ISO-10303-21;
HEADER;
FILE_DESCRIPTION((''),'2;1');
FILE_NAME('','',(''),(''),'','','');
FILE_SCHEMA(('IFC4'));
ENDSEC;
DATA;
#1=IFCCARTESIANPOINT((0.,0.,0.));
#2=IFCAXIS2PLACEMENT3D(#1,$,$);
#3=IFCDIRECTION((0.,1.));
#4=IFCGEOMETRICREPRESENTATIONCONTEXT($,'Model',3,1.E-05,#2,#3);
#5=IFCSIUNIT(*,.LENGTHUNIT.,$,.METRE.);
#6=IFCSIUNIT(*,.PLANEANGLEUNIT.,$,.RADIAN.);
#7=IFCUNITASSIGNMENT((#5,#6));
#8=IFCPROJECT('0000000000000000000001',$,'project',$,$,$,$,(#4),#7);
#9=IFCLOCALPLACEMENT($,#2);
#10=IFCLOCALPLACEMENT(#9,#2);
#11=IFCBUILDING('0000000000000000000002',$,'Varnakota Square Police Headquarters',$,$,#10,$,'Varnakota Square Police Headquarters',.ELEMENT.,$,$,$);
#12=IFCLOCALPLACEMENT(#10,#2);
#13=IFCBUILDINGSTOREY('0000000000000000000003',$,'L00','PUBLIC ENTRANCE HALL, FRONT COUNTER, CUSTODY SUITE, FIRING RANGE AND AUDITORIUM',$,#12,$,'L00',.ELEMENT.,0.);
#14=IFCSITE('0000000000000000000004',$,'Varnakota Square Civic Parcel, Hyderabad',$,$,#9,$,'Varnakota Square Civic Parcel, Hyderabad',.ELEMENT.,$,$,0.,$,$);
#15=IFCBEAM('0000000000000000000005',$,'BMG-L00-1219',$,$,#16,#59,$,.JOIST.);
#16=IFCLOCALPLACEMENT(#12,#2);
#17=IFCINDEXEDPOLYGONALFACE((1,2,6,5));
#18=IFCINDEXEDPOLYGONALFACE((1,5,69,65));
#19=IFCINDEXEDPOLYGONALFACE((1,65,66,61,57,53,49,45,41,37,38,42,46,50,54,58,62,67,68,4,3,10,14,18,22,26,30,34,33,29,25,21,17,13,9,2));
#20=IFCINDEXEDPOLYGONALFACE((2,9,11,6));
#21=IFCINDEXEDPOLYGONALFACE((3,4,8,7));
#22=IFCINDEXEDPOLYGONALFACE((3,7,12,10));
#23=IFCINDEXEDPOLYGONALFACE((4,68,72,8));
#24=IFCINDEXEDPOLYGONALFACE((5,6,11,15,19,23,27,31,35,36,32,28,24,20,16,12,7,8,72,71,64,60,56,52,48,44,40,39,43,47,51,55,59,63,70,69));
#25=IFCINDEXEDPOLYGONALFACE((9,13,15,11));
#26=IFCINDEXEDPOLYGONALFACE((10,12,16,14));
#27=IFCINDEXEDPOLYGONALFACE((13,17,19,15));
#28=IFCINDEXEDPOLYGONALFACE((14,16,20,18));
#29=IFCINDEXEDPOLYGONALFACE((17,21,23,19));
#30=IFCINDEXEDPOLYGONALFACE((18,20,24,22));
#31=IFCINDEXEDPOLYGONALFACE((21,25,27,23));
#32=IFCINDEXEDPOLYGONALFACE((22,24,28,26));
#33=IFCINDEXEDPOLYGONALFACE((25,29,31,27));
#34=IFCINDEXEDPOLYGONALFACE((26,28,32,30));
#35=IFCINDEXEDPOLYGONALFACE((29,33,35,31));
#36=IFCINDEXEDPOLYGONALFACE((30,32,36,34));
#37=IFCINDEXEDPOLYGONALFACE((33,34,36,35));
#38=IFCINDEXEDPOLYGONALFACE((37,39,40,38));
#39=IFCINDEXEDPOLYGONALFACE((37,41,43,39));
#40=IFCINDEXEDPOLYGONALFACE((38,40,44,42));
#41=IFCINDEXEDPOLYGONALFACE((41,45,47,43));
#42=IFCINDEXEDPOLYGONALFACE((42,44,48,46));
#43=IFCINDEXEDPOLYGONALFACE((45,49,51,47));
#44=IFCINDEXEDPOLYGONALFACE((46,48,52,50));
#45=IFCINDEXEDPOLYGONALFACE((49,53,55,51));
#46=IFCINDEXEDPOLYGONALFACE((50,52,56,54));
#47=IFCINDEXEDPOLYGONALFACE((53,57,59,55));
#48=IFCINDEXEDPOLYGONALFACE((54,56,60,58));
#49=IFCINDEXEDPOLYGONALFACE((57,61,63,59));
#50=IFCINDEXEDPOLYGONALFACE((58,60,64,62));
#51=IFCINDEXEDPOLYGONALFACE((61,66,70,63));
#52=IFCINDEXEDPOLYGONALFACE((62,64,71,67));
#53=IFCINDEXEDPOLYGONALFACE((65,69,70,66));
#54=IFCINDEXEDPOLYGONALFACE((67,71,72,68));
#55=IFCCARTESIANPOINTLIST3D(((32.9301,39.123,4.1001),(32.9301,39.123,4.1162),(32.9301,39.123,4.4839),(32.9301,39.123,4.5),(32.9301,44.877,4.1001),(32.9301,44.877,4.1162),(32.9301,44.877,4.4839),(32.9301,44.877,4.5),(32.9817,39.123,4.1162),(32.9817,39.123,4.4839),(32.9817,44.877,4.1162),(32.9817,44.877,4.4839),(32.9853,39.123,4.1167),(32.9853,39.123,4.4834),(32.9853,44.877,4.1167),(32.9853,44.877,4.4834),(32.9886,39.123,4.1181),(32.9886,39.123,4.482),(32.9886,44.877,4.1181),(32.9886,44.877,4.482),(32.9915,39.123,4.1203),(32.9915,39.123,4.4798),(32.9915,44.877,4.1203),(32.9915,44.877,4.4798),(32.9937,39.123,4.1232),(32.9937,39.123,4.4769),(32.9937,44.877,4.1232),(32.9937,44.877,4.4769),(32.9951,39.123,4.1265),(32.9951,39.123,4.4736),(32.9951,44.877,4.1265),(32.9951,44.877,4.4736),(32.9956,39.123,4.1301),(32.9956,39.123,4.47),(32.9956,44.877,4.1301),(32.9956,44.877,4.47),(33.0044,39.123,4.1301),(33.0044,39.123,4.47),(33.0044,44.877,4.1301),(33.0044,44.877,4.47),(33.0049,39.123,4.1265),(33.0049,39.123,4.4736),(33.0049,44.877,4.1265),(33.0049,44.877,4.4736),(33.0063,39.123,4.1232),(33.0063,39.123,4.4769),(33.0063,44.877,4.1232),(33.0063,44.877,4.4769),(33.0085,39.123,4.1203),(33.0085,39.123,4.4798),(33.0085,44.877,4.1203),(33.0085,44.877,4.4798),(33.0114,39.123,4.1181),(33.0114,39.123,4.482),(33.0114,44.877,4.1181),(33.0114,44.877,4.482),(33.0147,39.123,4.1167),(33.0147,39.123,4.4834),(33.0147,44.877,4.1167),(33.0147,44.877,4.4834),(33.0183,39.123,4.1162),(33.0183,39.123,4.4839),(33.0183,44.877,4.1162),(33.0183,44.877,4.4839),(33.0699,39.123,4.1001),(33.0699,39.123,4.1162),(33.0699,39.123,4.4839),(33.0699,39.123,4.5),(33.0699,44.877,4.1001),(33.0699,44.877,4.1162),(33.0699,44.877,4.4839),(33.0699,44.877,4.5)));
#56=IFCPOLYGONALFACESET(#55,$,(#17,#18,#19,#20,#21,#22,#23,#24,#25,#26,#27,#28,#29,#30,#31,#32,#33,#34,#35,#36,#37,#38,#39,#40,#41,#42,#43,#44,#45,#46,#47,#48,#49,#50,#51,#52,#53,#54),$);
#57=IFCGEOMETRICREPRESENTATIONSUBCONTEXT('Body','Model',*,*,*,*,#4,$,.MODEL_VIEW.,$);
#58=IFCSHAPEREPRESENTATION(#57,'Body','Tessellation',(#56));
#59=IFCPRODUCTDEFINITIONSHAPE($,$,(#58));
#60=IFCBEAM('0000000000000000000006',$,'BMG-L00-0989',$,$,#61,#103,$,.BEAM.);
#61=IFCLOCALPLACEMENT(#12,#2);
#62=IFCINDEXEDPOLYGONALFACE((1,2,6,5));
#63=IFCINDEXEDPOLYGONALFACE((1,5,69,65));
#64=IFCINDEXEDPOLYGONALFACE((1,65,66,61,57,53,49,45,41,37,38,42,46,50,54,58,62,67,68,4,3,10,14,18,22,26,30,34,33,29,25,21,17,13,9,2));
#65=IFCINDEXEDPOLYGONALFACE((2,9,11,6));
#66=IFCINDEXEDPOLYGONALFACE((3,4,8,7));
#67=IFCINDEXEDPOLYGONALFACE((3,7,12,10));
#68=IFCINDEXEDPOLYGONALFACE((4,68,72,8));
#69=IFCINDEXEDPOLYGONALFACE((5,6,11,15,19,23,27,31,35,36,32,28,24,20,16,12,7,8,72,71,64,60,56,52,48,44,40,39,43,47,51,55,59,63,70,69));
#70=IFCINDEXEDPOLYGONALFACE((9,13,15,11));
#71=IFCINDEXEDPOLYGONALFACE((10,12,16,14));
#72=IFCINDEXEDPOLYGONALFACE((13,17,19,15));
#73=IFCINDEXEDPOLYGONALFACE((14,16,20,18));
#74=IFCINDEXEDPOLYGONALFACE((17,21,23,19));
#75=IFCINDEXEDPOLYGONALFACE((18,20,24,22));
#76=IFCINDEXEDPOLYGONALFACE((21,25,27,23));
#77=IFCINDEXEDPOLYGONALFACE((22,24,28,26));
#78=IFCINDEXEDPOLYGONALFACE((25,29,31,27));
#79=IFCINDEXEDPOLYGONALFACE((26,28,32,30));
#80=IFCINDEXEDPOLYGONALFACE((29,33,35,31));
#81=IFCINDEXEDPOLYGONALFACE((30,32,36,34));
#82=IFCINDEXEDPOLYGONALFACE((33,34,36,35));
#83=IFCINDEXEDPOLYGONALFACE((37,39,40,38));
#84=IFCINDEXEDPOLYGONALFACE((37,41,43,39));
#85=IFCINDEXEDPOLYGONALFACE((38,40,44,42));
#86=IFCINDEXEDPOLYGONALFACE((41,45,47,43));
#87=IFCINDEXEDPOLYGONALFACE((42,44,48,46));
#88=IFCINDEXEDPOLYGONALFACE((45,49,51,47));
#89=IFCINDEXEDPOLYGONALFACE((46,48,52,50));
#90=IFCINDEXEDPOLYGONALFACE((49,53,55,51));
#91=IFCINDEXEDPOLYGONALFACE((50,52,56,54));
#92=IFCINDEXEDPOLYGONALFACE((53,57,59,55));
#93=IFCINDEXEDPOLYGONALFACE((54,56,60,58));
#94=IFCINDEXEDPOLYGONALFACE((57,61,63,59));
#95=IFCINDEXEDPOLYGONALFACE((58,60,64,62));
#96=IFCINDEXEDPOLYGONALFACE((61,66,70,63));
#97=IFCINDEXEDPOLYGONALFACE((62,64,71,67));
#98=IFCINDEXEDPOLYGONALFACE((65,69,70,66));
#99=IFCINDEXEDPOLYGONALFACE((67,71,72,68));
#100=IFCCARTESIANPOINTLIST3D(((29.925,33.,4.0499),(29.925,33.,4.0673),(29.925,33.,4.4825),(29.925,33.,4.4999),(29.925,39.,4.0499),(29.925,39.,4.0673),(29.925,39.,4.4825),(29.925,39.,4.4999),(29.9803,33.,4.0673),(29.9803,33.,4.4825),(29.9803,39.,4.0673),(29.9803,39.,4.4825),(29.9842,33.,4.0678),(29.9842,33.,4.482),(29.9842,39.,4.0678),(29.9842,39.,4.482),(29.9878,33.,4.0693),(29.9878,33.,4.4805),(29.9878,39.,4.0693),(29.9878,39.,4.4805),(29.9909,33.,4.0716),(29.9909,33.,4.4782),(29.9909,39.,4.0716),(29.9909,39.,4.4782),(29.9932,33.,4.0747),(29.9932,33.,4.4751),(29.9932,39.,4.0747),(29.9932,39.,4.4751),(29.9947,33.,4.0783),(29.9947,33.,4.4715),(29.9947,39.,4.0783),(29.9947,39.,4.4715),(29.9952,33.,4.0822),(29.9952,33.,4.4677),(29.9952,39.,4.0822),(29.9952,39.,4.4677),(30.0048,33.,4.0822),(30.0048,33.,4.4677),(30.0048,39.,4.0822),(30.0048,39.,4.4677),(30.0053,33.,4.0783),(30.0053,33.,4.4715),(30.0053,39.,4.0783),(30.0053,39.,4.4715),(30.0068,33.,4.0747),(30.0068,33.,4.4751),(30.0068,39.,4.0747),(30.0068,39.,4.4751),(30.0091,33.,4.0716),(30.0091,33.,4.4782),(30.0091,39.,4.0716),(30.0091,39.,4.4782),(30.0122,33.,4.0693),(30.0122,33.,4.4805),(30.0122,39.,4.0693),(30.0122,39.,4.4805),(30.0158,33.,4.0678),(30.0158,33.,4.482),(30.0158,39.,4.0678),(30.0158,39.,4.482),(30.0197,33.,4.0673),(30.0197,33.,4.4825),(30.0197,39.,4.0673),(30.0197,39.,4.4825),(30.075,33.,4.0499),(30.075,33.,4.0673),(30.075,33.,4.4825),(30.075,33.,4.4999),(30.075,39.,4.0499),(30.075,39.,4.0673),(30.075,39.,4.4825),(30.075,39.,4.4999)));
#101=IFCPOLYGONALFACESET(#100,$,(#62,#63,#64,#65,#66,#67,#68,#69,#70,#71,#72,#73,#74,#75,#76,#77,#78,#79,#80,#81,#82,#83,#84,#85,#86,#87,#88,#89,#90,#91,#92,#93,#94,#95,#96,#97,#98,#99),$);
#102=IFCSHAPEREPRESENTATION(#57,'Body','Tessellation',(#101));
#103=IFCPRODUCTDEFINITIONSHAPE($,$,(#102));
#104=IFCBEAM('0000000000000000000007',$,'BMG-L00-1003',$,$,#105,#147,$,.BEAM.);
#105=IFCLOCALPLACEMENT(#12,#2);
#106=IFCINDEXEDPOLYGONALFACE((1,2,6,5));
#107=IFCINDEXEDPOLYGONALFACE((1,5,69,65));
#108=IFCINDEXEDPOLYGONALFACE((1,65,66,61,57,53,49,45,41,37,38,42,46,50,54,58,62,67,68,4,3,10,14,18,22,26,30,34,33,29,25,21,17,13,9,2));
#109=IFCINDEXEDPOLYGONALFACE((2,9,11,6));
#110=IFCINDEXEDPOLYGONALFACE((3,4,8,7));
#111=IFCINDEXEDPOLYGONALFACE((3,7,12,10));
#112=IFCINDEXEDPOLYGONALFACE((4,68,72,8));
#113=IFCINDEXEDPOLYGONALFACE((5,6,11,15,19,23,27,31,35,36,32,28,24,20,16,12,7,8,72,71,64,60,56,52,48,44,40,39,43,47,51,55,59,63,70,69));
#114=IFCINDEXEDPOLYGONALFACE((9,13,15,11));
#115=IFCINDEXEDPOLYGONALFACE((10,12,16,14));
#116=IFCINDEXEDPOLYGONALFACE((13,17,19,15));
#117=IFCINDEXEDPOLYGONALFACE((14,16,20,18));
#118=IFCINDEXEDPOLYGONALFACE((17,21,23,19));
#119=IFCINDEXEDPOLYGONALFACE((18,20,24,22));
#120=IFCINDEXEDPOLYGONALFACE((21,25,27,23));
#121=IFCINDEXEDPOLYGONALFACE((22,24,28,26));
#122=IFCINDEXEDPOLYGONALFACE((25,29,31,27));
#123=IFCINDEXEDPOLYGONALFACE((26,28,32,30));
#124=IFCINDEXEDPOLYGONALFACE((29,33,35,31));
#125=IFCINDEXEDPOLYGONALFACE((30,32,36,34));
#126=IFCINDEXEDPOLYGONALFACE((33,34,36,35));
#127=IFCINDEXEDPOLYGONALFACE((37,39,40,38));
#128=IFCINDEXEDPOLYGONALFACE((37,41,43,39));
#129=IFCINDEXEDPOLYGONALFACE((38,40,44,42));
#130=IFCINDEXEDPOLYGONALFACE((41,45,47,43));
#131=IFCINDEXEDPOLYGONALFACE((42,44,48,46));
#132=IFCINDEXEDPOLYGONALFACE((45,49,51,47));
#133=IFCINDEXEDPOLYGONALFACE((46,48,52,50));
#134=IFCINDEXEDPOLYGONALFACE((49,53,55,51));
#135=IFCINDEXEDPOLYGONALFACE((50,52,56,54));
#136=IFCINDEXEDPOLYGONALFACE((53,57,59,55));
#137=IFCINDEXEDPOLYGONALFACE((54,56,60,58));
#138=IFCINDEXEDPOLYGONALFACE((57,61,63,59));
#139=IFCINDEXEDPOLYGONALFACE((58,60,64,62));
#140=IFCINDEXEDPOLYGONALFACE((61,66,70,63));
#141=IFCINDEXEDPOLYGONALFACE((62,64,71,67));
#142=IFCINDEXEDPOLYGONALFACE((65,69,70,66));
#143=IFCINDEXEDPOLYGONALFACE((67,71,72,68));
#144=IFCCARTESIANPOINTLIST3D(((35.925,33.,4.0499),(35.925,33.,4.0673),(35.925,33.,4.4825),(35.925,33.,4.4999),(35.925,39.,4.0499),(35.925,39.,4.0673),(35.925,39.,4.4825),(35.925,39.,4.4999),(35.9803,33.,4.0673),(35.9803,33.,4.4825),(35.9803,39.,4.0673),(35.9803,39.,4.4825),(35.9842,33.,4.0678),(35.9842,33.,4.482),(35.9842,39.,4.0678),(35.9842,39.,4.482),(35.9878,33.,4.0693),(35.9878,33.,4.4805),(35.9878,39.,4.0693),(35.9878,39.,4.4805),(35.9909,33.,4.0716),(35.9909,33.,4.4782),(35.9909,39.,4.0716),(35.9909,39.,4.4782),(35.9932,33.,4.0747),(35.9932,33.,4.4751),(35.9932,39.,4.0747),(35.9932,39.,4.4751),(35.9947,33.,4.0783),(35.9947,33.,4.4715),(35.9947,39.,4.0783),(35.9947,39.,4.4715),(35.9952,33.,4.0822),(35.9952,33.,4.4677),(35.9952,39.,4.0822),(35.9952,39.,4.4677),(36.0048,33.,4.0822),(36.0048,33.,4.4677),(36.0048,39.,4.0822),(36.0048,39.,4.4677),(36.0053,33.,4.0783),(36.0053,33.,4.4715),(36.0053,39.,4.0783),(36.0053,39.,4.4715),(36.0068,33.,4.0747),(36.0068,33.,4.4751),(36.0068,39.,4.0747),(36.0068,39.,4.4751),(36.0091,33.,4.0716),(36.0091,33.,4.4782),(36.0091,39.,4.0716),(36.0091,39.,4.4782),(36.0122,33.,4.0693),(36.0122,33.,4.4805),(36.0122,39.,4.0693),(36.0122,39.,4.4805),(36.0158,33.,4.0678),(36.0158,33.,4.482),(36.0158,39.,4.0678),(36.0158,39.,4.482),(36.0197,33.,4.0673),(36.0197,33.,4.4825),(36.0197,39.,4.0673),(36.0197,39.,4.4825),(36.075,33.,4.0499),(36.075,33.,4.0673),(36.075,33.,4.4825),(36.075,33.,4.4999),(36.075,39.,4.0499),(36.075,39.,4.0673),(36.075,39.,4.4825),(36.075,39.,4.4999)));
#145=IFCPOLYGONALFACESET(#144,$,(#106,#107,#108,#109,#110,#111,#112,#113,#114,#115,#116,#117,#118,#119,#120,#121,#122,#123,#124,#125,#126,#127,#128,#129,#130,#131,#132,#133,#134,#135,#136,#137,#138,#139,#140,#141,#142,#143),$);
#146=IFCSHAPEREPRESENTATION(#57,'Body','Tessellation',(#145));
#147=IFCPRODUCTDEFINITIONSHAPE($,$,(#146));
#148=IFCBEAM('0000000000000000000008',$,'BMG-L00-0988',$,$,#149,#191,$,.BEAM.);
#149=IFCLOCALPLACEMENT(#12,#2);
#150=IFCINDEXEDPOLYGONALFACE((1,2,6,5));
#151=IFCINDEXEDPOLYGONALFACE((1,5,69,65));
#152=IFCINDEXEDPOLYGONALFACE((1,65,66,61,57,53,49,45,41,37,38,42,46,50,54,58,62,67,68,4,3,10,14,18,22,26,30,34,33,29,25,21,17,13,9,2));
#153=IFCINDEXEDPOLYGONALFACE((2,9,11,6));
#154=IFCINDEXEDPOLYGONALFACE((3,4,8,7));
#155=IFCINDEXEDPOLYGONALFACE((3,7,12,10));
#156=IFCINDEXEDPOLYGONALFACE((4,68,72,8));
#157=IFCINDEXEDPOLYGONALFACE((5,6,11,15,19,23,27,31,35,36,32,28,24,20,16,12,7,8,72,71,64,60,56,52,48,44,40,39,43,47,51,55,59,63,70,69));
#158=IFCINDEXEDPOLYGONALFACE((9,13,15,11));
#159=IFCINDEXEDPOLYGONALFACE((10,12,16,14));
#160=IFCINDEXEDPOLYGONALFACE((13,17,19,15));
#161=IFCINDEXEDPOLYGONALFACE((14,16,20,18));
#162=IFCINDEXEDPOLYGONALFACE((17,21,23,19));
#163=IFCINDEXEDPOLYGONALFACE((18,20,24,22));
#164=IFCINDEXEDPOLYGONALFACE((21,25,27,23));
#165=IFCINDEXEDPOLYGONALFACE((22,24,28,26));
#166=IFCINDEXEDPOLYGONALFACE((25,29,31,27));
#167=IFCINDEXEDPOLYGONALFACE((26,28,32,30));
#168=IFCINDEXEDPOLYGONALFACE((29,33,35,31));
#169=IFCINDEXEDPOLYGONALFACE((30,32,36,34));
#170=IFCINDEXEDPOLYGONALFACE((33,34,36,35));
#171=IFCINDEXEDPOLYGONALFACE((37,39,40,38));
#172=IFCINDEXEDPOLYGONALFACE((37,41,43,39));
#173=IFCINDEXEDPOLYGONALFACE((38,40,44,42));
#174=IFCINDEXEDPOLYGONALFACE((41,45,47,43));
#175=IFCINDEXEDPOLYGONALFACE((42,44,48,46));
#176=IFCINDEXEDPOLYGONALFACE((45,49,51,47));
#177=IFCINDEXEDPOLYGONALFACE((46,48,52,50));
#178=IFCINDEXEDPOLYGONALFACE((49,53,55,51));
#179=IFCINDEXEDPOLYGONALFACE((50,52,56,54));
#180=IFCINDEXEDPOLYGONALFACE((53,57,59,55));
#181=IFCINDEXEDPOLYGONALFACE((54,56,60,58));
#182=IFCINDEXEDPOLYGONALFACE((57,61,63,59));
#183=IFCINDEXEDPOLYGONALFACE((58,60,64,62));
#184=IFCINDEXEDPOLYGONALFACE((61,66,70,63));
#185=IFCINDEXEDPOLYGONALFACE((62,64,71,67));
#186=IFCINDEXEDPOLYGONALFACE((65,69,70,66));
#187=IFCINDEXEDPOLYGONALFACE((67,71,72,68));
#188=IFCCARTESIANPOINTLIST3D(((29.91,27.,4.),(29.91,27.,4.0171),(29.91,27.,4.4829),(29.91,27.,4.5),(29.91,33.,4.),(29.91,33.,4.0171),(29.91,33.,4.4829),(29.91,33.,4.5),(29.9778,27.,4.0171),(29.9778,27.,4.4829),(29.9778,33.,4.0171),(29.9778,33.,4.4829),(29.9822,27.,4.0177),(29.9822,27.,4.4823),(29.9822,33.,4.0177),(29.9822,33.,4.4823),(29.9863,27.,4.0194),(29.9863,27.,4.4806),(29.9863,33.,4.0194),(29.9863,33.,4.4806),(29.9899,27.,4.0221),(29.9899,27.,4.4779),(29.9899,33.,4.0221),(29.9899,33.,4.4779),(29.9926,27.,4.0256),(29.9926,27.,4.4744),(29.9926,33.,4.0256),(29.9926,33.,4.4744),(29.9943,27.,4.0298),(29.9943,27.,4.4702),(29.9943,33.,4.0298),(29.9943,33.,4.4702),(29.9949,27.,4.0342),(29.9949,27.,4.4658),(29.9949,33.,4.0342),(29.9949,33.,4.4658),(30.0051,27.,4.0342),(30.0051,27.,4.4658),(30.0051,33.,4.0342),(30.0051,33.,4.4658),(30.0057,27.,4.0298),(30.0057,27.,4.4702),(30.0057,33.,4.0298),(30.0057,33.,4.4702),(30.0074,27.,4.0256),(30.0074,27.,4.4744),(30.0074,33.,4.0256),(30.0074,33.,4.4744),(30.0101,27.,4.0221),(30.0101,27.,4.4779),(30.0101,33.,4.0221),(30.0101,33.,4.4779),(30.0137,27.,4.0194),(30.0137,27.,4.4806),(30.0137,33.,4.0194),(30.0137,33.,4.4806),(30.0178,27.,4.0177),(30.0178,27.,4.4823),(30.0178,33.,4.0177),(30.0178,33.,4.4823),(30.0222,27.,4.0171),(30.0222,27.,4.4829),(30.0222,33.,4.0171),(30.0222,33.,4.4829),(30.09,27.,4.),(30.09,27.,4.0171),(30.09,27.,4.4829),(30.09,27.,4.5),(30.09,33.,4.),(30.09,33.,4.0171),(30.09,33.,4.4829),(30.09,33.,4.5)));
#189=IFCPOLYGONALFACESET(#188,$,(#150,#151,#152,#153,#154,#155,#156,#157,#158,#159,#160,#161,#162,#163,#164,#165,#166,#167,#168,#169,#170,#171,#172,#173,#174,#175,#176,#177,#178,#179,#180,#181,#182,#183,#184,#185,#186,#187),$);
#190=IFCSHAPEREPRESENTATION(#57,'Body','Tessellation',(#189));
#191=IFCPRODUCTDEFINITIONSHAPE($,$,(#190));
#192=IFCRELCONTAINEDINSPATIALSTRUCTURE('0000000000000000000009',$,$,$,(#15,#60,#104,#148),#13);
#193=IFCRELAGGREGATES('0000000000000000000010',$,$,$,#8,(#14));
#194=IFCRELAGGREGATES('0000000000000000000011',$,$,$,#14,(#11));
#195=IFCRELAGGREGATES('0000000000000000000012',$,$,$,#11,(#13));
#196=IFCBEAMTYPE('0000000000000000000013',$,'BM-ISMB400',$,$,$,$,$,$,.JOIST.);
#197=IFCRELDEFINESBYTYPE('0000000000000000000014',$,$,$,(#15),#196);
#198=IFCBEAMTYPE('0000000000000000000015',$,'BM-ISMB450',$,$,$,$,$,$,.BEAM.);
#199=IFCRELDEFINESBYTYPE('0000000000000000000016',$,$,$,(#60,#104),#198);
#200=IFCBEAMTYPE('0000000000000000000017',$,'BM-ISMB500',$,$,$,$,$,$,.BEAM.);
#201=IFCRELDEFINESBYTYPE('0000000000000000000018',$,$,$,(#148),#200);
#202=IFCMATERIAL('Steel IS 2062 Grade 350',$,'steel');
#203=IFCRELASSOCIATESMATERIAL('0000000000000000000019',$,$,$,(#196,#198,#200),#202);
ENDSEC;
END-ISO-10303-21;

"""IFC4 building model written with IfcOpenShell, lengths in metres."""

from ifc_helpers import new_model, si_unit, direction, frame, origin, origin_2d, place, context, subcontext, project, spatial, i_section, extrude, material, material_profile, profile_set, type_object, element, save


model = new_model("IFC4")

# Units and contexts
model_context = context("Model", 3, precision=1e-05, world=origin(), true_north=direction((0.0, 1.0)))
body_context = subcontext(model_context, "Body", "Model", "MODEL_VIEW")
ifc_project = project(units=[si_unit("LENGTHUNIT", "METRE"), si_unit("PLANEANGLEUNIT", "RADIAN")], contexts=[model_context])

# Site, building, storey
site_placement = place(None, origin())
site = spatial("IfcSite", under=ifc_project, at=site_placement, Name="Varnakota Square Civic Parcel, Hyderabad", LongName="Varnakota Square Civic Parcel, Hyderabad", CompositionType="ELEMENT", RefElevation=0.0)
building_placement = place(site_placement, origin())
building = spatial("IfcBuilding", under=site, at=building_placement, Name="Varnakota Square Police Headquarters", LongName="Varnakota Square Police Headquarters", CompositionType="ELEMENT")
storey_placement = place(building_placement, origin())
storey = spatial("IfcBuildingStorey", under=building, at=storey_placement, Name="L00", Description="PUBLIC ENTRANCE HALL, FRONT COUNTER, CUSTODY SUITE, FIRING RANGE AND AUDITORIUM", LongName="L00", CompositionType="ELEMENT", Elevation=0.0)

# Beams
ifc_material_1 = material(Name="Steel IS 2062 Grade 350", Category="steel")
ifc_material_profile_1 = material_profile(ifc_material_1, i_section(OverallWidth=0.1399, OverallDepth=0.3999, WebThickness=0.0088, FlangeThickness=0.0161, FilletRadius=0.0139, at=origin_2d()), Name="ISMB 400")
ifc_profile_set_1 = profile_set([ifc_material_profile_1], Name="Steel IS 2062 Grade 350")
beam_type_1 = type_object("IfcBeamType", Name="BM-ISMB400", PredefinedType="JOIST", material=ifc_profile_set_1)
for number, where, z_axis, x_axis, name in (
    (1, (33.0, 39.123, 4.3), (0.0, 1.0, 0.0), (-1.0, 0.0, 0.0), "BMG-L00-1219"),
):
    element("IfcBeam", number, at=place(storey_placement, frame(where, z_axis=z_axis, x_axis=x_axis)), inside=storey, type_object=beam_type_1, Name=name, PredefinedType="JOIST", context=body_context, shape_type="SweptSolid", body=[
        extrude(i_section(OverallWidth=0.1399, OverallDepth=0.3999, WebThickness=0.0088, FlangeThickness=0.0161, FilletRadius=0.0139, at=origin_2d()), origin(), (0.0, 0.0, 1.0), 5.7539),
    ])
ifc_material_profile_2 = material_profile(ifc_material_1, i_section(OverallWidth=0.1499, OverallDepth=0.45, WebThickness=0.0095, FlangeThickness=0.0173, FilletRadius=0.0149, at=origin_2d()), Name="ISMB 450")
ifc_profile_set_2 = profile_set([ifc_material_profile_2], Name="Steel IS 2062 Grade 350")
beam_type_2 = type_object("IfcBeamType", Name="BM-ISMB450", PredefinedType="BEAM", material=ifc_profile_set_2)
for number, where, z_axis, x_axis, name in (
    (2, (30.0, 33.0, 4.2749), (0.0, 1.0, 0.0), (-1.0, 0.0, 0.0), "BMG-L00-0989"),
    (3, (36.0, 33.0, 4.2749), (0.0, 1.0, 0.0), (-1.0, 0.0, 0.0), "BMG-L00-1003"),
):
    element("IfcBeam", number, at=place(storey_placement, frame(where, z_axis=z_axis, x_axis=x_axis)), inside=storey, type_object=beam_type_2, Name=name, PredefinedType="BEAM", context=body_context, shape_type="SweptSolid", body=[
        extrude(i_section(OverallWidth=0.1499, OverallDepth=0.45, WebThickness=0.0095, FlangeThickness=0.0173, FilletRadius=0.0149, at=origin_2d()), origin(), (0.0, 0.0, 1.0), 6.0),
    ])
ifc_material_profile_3 = material_profile(ifc_material_1, i_section(OverallWidth=0.1799, OverallDepth=0.5, WebThickness=0.0103, FlangeThickness=0.0171, FilletRadius=0.0171, at=origin_2d()), Name="ISMB 500")
ifc_profile_set_3 = profile_set([ifc_material_profile_3], Name="Steel IS 2062 Grade 350")
beam_type_3 = type_object("IfcBeamType", Name="BM-ISMB500", PredefinedType="BEAM", material=ifc_profile_set_3)
for number, where, z_axis, x_axis, name in (
    (4, (30.0, 27.0, 4.25), (0.0, 1.0, 0.0), (-1.0, 0.0, 0.0), "BMG-L00-0988"),
):
    element("IfcBeam", number, at=place(storey_placement, frame(where, z_axis=z_axis, x_axis=x_axis)), inside=storey, type_object=beam_type_3, Name=name, PredefinedType="BEAM", context=body_context, shape_type="SweptSolid", body=[
        extrude(i_section(OverallWidth=0.1799, OverallDepth=0.5, WebThickness=0.0103, FlangeThickness=0.0171, FilletRadius=0.0171, at=origin_2d()), origin(), (0.0, 0.0, 1.0), 6.0),
    ])

save(model, "model.ifc")
